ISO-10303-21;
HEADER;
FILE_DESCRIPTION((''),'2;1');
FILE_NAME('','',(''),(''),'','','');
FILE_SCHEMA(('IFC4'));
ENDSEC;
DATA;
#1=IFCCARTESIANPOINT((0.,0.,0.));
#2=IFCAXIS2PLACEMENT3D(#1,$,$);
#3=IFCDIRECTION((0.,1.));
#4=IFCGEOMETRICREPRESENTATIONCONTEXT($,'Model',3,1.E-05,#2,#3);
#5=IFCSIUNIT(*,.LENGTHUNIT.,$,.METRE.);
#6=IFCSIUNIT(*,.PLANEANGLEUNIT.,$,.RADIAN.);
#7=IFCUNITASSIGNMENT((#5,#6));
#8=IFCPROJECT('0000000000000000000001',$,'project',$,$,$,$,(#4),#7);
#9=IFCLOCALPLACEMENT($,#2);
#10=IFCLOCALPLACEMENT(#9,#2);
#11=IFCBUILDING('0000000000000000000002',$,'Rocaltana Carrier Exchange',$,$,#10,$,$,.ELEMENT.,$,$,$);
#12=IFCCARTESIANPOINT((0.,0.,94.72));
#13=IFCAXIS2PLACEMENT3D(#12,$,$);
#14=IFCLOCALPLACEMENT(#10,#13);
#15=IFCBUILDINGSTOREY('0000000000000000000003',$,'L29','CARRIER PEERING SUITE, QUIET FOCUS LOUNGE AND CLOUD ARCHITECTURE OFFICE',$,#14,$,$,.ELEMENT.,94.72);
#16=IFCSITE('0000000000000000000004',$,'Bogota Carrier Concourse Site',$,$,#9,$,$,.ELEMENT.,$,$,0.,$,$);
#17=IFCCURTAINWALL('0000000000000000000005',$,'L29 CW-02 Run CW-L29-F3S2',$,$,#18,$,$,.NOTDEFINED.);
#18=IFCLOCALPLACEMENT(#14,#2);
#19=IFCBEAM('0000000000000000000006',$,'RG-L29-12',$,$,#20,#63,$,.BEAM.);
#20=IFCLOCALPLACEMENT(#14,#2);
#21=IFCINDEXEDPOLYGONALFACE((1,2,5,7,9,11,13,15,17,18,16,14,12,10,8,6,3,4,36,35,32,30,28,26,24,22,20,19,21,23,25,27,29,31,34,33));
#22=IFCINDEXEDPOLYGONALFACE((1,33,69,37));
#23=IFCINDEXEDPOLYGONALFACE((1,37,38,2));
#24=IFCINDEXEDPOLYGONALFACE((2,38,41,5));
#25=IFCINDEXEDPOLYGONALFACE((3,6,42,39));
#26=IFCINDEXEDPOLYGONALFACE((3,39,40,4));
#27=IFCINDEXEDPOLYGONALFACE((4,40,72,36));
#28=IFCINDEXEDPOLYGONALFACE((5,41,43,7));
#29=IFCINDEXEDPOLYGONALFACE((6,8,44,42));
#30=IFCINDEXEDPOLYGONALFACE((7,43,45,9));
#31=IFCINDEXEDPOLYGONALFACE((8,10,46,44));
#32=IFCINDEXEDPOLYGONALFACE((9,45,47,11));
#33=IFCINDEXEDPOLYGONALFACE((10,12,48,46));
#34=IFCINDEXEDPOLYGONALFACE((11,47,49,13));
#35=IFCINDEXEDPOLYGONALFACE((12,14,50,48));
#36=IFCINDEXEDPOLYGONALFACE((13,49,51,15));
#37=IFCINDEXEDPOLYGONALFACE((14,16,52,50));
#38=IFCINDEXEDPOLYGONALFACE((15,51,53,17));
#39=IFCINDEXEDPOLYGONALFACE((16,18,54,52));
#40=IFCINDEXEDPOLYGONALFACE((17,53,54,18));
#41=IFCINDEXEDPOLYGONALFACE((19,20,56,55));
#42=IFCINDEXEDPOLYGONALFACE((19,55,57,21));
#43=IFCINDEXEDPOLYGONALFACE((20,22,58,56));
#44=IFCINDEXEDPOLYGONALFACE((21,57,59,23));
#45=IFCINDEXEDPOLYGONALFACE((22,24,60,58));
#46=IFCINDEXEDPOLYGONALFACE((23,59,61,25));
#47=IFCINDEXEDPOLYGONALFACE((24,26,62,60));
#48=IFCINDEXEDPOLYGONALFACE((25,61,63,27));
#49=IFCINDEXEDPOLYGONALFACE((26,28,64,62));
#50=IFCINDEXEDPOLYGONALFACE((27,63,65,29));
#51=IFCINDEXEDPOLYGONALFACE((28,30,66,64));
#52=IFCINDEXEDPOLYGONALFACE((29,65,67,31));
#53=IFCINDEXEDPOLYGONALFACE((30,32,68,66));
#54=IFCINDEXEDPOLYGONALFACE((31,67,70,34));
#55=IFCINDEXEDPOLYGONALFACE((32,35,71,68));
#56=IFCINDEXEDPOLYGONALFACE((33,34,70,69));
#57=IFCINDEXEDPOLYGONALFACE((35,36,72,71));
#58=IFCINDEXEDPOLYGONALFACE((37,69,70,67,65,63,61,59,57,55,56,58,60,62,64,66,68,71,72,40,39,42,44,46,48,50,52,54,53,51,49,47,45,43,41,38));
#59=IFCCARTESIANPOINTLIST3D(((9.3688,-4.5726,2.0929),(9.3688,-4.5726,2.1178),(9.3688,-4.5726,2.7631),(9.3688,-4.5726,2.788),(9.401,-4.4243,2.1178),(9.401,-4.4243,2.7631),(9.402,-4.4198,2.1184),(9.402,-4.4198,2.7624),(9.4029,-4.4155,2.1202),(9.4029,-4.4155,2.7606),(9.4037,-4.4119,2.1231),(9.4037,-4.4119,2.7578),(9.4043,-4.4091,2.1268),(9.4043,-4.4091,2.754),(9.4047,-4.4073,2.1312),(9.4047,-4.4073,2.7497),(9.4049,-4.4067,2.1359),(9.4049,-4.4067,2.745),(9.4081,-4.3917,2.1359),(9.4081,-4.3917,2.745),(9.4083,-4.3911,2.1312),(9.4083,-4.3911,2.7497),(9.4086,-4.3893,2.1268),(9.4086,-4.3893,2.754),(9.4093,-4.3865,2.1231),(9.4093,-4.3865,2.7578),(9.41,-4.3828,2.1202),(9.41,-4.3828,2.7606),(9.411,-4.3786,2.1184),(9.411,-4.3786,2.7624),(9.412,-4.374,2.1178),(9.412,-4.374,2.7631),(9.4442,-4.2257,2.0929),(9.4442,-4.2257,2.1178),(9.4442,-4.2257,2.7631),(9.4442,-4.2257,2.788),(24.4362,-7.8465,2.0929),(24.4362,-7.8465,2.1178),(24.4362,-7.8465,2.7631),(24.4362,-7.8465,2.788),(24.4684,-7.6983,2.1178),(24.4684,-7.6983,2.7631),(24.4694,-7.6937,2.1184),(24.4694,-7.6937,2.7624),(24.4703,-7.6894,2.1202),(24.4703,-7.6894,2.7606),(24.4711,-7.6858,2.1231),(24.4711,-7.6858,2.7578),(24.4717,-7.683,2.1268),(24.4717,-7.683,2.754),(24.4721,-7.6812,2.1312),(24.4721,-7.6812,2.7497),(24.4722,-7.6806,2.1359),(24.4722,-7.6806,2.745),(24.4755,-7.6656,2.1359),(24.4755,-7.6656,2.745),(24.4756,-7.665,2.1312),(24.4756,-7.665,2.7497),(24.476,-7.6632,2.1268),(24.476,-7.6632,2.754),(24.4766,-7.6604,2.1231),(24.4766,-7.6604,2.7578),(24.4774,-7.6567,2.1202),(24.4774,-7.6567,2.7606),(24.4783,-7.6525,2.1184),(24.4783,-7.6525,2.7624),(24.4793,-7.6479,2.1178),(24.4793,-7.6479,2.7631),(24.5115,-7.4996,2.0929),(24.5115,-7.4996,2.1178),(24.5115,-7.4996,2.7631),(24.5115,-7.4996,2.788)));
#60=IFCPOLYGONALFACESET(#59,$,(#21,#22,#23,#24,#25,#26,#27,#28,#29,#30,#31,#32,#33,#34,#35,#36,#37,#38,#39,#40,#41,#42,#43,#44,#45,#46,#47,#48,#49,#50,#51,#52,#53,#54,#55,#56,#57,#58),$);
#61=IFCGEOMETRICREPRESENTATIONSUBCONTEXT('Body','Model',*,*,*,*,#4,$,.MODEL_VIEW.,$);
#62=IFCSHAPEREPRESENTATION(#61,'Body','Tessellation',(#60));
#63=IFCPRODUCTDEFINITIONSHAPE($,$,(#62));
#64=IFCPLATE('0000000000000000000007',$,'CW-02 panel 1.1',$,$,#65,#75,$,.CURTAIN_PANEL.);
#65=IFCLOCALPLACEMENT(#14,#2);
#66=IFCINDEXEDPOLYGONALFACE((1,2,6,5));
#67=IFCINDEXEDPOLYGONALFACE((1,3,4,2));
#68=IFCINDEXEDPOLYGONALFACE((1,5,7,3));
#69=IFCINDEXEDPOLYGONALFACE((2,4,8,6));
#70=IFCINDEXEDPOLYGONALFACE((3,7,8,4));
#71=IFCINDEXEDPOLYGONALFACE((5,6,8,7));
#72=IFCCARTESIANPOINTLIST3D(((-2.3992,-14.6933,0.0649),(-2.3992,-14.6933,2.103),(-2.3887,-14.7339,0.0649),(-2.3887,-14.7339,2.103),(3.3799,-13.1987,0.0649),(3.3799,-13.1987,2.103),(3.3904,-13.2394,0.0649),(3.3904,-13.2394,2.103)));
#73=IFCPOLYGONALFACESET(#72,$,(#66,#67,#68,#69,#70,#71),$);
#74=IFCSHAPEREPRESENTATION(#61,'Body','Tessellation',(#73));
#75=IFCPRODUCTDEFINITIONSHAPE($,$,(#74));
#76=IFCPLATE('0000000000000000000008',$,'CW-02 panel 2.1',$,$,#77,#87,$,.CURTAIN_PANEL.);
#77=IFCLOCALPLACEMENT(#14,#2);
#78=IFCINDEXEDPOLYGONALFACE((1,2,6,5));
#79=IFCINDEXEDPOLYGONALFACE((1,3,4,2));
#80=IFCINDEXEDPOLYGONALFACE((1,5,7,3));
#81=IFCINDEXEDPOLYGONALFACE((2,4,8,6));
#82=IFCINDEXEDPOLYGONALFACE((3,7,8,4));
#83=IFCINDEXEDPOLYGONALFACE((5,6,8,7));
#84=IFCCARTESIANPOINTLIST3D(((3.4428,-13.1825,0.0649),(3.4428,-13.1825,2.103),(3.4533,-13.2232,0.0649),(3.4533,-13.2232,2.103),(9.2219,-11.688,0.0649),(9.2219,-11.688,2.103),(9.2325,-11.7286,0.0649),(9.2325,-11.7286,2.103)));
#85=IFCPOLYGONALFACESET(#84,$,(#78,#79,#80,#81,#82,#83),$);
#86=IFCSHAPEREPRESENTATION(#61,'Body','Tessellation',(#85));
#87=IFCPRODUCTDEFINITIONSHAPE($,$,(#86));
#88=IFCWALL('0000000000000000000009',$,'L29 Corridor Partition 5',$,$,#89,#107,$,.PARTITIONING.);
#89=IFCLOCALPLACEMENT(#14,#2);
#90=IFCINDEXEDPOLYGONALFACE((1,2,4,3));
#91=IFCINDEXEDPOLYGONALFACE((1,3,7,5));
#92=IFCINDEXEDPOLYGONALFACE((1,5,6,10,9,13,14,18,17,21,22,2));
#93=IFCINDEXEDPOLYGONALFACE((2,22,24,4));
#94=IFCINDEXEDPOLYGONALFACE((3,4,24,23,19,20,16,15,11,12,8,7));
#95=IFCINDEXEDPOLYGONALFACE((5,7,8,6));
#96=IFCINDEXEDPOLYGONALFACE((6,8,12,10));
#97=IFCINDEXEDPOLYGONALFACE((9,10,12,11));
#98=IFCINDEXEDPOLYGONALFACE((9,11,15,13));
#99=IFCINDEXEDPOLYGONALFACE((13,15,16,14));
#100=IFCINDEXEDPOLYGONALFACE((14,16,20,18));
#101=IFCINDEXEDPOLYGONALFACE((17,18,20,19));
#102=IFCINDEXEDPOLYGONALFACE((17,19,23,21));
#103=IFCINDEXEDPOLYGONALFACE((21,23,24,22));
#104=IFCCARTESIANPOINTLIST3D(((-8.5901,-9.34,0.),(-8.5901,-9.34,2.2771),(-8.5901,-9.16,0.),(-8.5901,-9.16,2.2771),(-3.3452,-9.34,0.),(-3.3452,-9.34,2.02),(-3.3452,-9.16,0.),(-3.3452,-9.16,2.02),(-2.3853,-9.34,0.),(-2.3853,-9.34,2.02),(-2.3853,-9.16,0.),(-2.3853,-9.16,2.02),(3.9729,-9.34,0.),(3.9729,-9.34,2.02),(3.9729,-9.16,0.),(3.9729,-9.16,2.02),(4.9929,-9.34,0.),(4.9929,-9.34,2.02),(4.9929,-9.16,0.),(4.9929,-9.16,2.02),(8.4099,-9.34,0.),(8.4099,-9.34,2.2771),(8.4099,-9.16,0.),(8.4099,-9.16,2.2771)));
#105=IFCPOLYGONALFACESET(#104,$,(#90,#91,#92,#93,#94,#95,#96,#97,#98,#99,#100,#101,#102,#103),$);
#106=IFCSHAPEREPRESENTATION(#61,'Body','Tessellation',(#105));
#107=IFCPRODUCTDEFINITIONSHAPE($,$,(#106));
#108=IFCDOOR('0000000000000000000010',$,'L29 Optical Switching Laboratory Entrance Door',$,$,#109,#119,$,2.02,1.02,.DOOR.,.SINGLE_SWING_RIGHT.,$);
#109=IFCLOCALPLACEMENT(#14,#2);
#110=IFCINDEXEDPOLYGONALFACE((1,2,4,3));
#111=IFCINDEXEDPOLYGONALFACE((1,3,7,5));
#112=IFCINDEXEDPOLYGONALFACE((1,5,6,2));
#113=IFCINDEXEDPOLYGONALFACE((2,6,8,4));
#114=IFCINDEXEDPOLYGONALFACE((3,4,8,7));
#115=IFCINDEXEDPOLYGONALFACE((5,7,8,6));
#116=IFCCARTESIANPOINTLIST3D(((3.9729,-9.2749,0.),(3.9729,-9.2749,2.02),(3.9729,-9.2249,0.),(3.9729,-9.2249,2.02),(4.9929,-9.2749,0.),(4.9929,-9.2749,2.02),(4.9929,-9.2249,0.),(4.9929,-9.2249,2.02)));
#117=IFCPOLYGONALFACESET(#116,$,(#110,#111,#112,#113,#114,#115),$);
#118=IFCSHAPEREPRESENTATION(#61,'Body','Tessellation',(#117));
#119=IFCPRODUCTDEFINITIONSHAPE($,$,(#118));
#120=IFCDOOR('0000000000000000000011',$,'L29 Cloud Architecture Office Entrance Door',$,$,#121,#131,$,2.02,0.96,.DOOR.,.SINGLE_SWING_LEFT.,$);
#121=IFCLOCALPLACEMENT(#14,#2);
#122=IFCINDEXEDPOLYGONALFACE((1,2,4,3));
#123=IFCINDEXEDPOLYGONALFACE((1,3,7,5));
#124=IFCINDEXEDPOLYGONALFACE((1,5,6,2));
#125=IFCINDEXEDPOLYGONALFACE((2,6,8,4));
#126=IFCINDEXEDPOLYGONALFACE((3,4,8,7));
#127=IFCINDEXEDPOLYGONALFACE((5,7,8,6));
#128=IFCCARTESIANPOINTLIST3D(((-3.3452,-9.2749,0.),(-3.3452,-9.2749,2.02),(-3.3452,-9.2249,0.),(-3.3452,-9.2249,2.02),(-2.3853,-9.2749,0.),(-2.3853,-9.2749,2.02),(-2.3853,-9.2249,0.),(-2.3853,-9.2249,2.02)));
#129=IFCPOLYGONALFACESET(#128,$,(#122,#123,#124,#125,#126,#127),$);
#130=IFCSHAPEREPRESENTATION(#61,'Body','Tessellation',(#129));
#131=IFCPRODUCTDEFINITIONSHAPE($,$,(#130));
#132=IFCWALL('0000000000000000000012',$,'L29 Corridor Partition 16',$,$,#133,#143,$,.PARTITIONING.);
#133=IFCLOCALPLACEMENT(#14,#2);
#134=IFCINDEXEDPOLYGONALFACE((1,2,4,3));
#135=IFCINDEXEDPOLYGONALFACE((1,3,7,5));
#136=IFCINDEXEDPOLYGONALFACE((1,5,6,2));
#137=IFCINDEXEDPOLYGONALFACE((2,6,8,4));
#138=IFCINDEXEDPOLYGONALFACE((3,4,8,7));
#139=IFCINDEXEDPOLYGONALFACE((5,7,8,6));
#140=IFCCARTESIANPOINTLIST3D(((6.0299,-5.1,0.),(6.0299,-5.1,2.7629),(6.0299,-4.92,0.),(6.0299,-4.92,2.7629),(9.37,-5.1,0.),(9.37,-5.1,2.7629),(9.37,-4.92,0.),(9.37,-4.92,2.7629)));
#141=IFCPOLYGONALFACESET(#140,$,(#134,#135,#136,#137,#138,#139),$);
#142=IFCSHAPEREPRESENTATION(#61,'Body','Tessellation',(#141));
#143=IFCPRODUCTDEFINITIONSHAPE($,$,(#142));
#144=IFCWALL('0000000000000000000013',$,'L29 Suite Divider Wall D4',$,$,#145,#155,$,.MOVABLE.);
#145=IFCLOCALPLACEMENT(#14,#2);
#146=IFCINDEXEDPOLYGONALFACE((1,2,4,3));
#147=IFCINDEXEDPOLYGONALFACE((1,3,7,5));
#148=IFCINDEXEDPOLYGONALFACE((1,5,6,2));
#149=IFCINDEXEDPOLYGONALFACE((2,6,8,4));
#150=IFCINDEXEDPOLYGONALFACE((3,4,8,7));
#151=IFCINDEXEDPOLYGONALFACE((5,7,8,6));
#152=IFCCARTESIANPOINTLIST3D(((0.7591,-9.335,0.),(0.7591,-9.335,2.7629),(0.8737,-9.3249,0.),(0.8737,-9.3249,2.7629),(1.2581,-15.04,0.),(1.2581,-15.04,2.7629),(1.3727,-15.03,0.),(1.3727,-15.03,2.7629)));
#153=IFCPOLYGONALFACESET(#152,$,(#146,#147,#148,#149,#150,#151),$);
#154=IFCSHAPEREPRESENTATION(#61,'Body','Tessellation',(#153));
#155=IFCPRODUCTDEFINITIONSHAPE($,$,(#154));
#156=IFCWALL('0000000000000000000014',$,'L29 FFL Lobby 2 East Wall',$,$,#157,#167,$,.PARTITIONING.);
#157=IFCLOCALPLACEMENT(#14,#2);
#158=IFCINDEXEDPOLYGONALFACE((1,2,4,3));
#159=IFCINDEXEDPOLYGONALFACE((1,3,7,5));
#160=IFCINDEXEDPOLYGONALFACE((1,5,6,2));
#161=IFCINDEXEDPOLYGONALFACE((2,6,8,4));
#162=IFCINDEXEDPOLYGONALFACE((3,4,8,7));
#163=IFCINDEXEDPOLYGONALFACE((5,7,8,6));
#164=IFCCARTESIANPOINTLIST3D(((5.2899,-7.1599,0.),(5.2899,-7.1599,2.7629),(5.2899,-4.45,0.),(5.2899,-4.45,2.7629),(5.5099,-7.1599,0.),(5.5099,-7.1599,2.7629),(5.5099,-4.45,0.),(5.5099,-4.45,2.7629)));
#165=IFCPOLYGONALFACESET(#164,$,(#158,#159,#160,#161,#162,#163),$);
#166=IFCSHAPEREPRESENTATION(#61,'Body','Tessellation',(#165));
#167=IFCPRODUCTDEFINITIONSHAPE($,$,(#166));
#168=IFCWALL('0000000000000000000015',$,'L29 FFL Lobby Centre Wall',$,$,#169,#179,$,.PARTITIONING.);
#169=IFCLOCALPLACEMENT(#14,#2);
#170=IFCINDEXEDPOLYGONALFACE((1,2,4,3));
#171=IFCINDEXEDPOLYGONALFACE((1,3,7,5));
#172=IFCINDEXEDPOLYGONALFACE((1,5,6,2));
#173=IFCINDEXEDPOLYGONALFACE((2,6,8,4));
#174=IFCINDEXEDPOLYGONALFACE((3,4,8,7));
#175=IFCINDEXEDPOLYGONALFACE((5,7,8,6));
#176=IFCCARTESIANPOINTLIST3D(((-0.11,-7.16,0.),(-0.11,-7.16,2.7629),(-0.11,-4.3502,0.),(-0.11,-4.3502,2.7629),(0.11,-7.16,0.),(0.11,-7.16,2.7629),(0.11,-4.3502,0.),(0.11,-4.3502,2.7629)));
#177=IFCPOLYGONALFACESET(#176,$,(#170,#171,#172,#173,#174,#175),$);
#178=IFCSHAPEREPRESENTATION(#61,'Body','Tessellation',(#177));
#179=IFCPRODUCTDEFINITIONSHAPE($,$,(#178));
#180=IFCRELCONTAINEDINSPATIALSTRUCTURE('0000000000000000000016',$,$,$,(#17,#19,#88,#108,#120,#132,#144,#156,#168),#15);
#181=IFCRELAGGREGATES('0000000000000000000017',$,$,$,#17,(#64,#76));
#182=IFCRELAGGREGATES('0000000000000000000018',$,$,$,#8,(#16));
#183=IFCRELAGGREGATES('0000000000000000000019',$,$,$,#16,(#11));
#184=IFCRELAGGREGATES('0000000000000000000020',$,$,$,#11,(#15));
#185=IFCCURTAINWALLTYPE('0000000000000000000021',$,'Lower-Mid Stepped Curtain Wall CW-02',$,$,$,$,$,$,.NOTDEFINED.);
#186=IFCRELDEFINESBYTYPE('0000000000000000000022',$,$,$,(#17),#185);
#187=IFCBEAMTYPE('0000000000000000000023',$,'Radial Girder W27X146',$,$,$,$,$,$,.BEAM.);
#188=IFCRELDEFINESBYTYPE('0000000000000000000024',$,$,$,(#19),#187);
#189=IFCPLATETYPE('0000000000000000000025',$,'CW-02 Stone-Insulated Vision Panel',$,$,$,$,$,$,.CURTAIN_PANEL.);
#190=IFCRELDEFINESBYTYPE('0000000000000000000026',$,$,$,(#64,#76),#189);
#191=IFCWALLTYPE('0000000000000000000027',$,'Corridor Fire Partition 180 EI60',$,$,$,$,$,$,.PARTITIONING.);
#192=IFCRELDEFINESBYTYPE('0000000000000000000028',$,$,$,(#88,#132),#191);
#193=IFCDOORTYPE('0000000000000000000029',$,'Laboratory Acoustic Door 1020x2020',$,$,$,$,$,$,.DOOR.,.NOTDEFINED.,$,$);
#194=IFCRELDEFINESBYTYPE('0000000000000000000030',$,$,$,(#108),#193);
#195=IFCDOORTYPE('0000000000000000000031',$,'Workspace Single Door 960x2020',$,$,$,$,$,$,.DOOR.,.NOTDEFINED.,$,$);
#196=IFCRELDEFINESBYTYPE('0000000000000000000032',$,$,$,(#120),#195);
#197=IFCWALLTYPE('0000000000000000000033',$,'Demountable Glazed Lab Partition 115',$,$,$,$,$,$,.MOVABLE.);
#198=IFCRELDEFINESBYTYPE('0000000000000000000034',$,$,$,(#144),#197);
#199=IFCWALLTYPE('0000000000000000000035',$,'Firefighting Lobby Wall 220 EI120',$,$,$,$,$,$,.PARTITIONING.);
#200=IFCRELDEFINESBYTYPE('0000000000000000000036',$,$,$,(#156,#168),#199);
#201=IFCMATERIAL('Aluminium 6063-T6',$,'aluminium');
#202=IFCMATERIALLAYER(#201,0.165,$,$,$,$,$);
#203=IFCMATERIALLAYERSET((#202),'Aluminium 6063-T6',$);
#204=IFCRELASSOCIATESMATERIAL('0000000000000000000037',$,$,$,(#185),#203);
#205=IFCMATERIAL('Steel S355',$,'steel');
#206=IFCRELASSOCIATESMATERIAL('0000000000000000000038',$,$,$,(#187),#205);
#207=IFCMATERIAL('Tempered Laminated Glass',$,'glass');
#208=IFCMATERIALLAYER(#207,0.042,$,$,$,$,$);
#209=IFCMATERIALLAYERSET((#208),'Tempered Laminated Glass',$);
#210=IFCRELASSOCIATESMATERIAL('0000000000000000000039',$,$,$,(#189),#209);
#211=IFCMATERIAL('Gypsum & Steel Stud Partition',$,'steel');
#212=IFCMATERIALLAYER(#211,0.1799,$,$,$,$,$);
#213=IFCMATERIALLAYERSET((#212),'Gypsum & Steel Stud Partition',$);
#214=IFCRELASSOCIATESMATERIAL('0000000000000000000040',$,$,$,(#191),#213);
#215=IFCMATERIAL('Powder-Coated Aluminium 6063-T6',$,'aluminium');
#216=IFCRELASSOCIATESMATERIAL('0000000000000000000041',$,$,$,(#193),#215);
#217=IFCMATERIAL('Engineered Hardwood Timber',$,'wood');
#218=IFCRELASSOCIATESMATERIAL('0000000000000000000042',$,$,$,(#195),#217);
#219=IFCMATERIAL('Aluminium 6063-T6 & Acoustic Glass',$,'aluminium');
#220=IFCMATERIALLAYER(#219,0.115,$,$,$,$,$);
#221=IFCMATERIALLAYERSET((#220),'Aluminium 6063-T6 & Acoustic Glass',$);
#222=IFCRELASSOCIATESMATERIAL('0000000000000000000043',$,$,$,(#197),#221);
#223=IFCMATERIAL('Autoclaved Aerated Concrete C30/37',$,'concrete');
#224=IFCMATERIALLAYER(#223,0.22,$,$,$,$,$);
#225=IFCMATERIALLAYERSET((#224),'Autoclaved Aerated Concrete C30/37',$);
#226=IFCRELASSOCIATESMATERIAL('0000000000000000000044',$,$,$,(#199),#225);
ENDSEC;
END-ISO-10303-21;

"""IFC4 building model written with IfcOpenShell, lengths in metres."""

from ifc_helpers import new_model, si_unit, direction, frame, frame_2d, origin, origin_2d, place, context, subcontext, project, spatial, rectangle, i_section, extrude, material, layer, layer_set, material_profile, profile_set, type_object, element, fill, aggregate, save


model = new_model("IFC4")

# Units and contexts
model_context = context("Model", 3, precision=1e-05, world=origin(), true_north=direction((0.0, 1.0)))
body_context = subcontext(model_context, "Body", "Model", "MODEL_VIEW")
ifc_project = project(units=[si_unit("LENGTHUNIT", "METRE"), si_unit("PLANEANGLEUNIT", "RADIAN")], contexts=[model_context])

# Site, building, storey
site_placement = place(None, origin())
site = spatial("IfcSite", under=ifc_project, at=site_placement, Name="Bogota Carrier Concourse Site", CompositionType="ELEMENT", RefElevation=0.0)
building_placement = place(site_placement, origin())
building = spatial("IfcBuilding", under=site, at=building_placement, Name="Rocaltana Carrier Exchange", CompositionType="ELEMENT")
storey_placement = place(building_placement, frame((0.0, 0.0, 94.72)))
storey = spatial("IfcBuildingStorey", under=building, at=storey_placement, Name="L29", Description="CARRIER PEERING SUITE, QUIET FOCUS LOUNGE AND CLOUD ARCHITECTURE OFFICE", CompositionType="ELEMENT", Elevation=94.72)

# Curtain wall
ifc_material_1 = material(Name="Aluminium 6063-T6", Category="aluminium")
ifc_layer_1 = layer(ifc_material_1, 0.165)
ifc_layer_set_1 = layer_set([ifc_layer_1], Name="Aluminium 6063-T6")
curtain_wall_type = type_object("IfcCurtainWallType", Name="Lower-Mid Stepped Curtain Wall CW-02", PredefinedType="NOTDEFINED", material=ifc_layer_set_1)
curtain_wall_placement = place(storey_placement, origin())
curtain_wall = element("IfcCurtainWall", 1, at=curtain_wall_placement, inside=storey, type_object=curtain_wall_type, Name="L29 CW-02 Run CW-L29-F3S2", PredefinedType="NOTDEFINED")

# Beam
ifc_material_2 = material(Name="Steel S355", Category="steel")
ifc_material_profile_1 = material_profile(ifc_material_2, i_section(OverallWidth=0.355, OverallDepth=0.6951, WebThickness=0.0154, FlangeThickness=0.0249, FilletRadius=0.0181, at=origin_2d()), Name="W27X146")
ifc_profile_set_1 = profile_set([ifc_material_profile_1], Name="Steel S355")
beam_type = type_object("IfcBeamType", Name="Radial Girder W27X146", PredefinedType="BEAM", material=ifc_profile_set_1)
beam_1_placement = place(storey_placement, frame((9.4065, -4.3992, 2.4404), z_axis=(0.977198, -0.212331, 0.0), x_axis=(0.212331, 0.977198, 0.0)))
element("IfcBeam", 2, at=beam_1_placement, inside=storey, type_object=beam_type, Name="RG-L29-12", PredefinedType="BEAM", context=body_context, shape_type="SweptSolid", body=[
    extrude(i_section(OverallWidth=0.355, OverallDepth=0.6951, WebThickness=0.0154, FlangeThickness=0.0249, FilletRadius=0.0181, at=origin_2d()), origin(), (0.0, 0.0, 1.0), 15.4189),
])

# Plates
ifc_material_3 = material(Name="Tempered Laminated Glass", Category="glass")
ifc_layer_2 = layer(ifc_material_3, 0.042)
ifc_layer_set_2 = layer_set([ifc_layer_2], Name="Tempered Laminated Glass")
plate_type = type_object("IfcPlateType", Name="CW-02 Stone-Insulated Vision Panel", PredefinedType="CURTAIN_PANEL", material=ifc_layer_set_2)
plate_1_placement = place(storey_placement, frame((0.4956, -13.9663, 0.0649), z_axis=(0.0, 0.0, 1.0), x_axis=(0.968148, 0.250378, 0.0)))
plate_1 = element("IfcPlate", 3, at=plate_1_placement, type_object=plate_type, Name="CW-02 panel 1.1", PredefinedType="CURTAIN_PANEL", context=body_context, shape_type="SweptSolid", body=[
    extrude(rectangle(XDim=5.9692, YDim=0.042, at=origin_2d()), origin(), (0.0, 0.0, 1.0), 2.0381),
])
plate_2_placement = place(storey_placement, frame((6.3376, -12.4556, 0.0649), z_axis=(0.0, 0.0, 1.0), x_axis=(0.968148, 0.250378, 0.0)))
plate_2 = element("IfcPlate", 4, at=plate_2_placement, type_object=plate_type, Name="CW-02 panel 2.1", PredefinedType="CURTAIN_PANEL", context=body_context, shape_type="SweptSolid", body=[
    extrude(rectangle(XDim=5.9692, YDim=0.042, at=origin_2d()), origin(), (0.0, 0.0, 1.0), 2.0381),
])
aggregate(curtain_wall, [plate_1, plate_2])

# Wall, openings, doors
ifc_material_4 = material(Name="Gypsum & Steel Stud Partition", Category="steel")
ifc_layer_3 = layer(ifc_material_4, 0.1799)
ifc_layer_set_3 = layer_set([ifc_layer_3], Name="Gypsum & Steel Stud Partition")
wall_type_1 = type_object("IfcWallType", Name="Corridor Fire Partition 180 EI60", PredefinedType="PARTITIONING", material=ifc_layer_set_3)
wall_1_placement = place(storey_placement, frame((8.4099, -9.25, 0.0), z_axis=(0.0, 0.0, 1.0), x_axis=(-1.0, 0.0, 0.0)))
wall_1 = element("IfcWall", 5, at=wall_1_placement, inside=storey, type_object=wall_type_1, Name="L29 Corridor Partition 5", PredefinedType="PARTITIONING", context=body_context, shape_type="SweptSolid", body=[
    extrude(rectangle(XDim=17.0, YDim=0.1799, at=frame_2d((8.5, 0.0))), origin(), (0.0, 0.0, 1.0), 2.2771),
])
opening_1_placement = place(wall_1_placement, frame((10.7952, 0.0, 0.0)))
opening_1 = element("IfcOpeningElement", 6, at=opening_1_placement, cuts=wall_1, PredefinedType="OPENING", context=body_context, shape_type="SweptSolid", body=[
    extrude(rectangle(XDim=0.96, YDim=2.02, at=frame_2d((0.48, 1.01))), frame((0.0, 0.0999, 0.0), z_axis=(0.0, -1.0, 0.0), x_axis=(1.0, 0.0, 0.0)), (0.0, 0.0, 1.0), 0.2),
])
opening_2_placement = place(wall_1_placement, frame((3.417, 0.0, 0.0)))
opening_2 = element("IfcOpeningElement", 7, at=opening_2_placement, cuts=wall_1, PredefinedType="OPENING", context=body_context, shape_type="SweptSolid", body=[
    extrude(rectangle(XDim=1.02, YDim=2.02, at=frame_2d((0.51, 1.01))), frame((0.0, 0.0999, 0.0), z_axis=(0.0, -1.0, 0.0), x_axis=(1.0, 0.0, 0.0)), (0.0, 0.0, 1.0), 0.2),
])
ifc_material_5 = material(Name="Powder-Coated Aluminium 6063-T6", Category="aluminium")
door_type_1 = type_object("IfcDoorType", Name="Laboratory Acoustic Door 1020x2020", OperationType="NOTDEFINED", PredefinedType="DOOR", material=ifc_material_5)
door_1_placement = place(opening_2_placement, origin())
door_1 = element("IfcDoor", 8, at=door_1_placement, inside=storey, type_object=door_type_1, Name="L29 Optical Switching Laboratory Entrance Door", OperationType="SINGLE_SWING_RIGHT", OverallHeight=2.02, OverallWidth=1.02, PredefinedType="DOOR", context=body_context, shape_type="SweptSolid", body=[
    extrude(rectangle(XDim=1.02, YDim=2.02, at=frame_2d((0.51, 1.01))), frame((0.0, 0.0249, 0.0), z_axis=(0.0, -1.0, 0.0), x_axis=(1.0, 0.0, 0.0)), (0.0, 0.0, 1.0), 0.05),
])
fill(opening_2, door_1)
ifc_material_6 = material(Name="Engineered Hardwood Timber", Category="wood")
door_type_2 = type_object("IfcDoorType", Name="Workspace Single Door 960x2020", OperationType="NOTDEFINED", PredefinedType="DOOR", material=ifc_material_6)
door_2_placement = place(opening_1_placement, origin())
door_2 = element("IfcDoor", 9, at=door_2_placement, inside=storey, type_object=door_type_2, Name="L29 Cloud Architecture Office Entrance Door", OperationType="SINGLE_SWING_LEFT", OverallHeight=2.02, OverallWidth=0.96, PredefinedType="DOOR", context=body_context, shape_type="SweptSolid", body=[
    extrude(rectangle(XDim=0.96, YDim=2.02, at=frame_2d((0.48, 1.01))), frame((0.0, 0.0249, 0.0), z_axis=(0.0, -1.0, 0.0), x_axis=(1.0, 0.0, 0.0)), (0.0, 0.0, 1.0), 0.05),
])
fill(opening_1, door_2)

# Walls
wall_2_placement = place(storey_placement, frame((6.03, -5.01, 0.0), z_axis=(0.0, 0.0, 1.0), x_axis=(1.0, 0.0, 0.0)))
element("IfcWall", 10, at=wall_2_placement, inside=storey, type_object=wall_type_1, Name="L29 Corridor Partition 16", PredefinedType="PARTITIONING", context=body_context, shape_type="SweptSolid", body=[
    extrude(rectangle(XDim=3.3401, YDim=0.1799, at=frame_2d((1.6699, 0.0))), origin(), (0.0, 0.0, 1.0), 2.7629),
])
ifc_material_7 = material(Name="Aluminium 6063-T6 & Acoustic Glass", Category="aluminium")
ifc_layer_4 = layer(ifc_material_7, 0.115)
ifc_layer_set_4 = layer_set([ifc_layer_4], Name="Aluminium 6063-T6 & Acoustic Glass")
wall_type_2 = type_object("IfcWallType", Name="Demountable Glazed Lab Partition 115", PredefinedType="MOVABLE", material=ifc_layer_set_4)
wall_3_placement = place(storey_placement, frame((0.8164, -9.3301, 0.0), z_axis=(0.0, 0.0, 1.0), x_axis=(0.087137, -0.996196, 0.0)))
element("IfcWall", 11, at=wall_3_placement, inside=storey, type_object=wall_type_2, Name="L29 Suite Divider Wall D4", PredefinedType="MOVABLE", context=body_context, shape_type="SweptSolid", body=[
    extrude(rectangle(XDim=5.7268, YDim=0.115, at=frame_2d((2.8633, 0.0))), origin(), (0.0, 0.0, 1.0), 2.7629),
])
ifc_material_8 = material(Name="Autoclaved Aerated Concrete C30/37", Category="concrete")
ifc_layer_5 = layer(ifc_material_8, 0.22)
ifc_layer_set_5 = layer_set([ifc_layer_5], Name="Autoclaved Aerated Concrete C30/37")
wall_type_3 = type_object("IfcWallType", Name="Firefighting Lobby Wall 220 EI120", PredefinedType="PARTITIONING", material=ifc_layer_set_5)
wall_4_placement = place(storey_placement, frame((5.3999, -7.1599, 0.0), z_axis=(0.0, 0.0, 1.0), x_axis=(0.0, 1.0, 0.0)))
element("IfcWall", 12, at=wall_4_placement, inside=storey, type_object=wall_type_3, Name="L29 FFL Lobby 2 East Wall", PredefinedType="PARTITIONING", context=body_context, shape_type="SweptSolid", body=[
    extrude(rectangle(XDim=2.71, YDim=0.22, at=frame_2d((1.355, 0.0))), origin(), (0.0, 0.0, 1.0), 2.7629),
])
wall_5_placement = place(storey_placement, frame((0.0, -7.1599, 0.0), z_axis=(0.0, 0.0, 1.0), x_axis=(0.0, 1.0, 0.0)))
element("IfcWall", 13, at=wall_5_placement, inside=storey, type_object=wall_type_3, Name="L29 FFL Lobby Centre Wall", PredefinedType="PARTITIONING", context=body_context, shape_type="SweptSolid", body=[
    extrude(rectangle(XDim=2.8098, YDim=0.22, at=frame_2d((1.4048, 0.0))), origin(), (0.0, 0.0, 1.0), 2.7629),
])

save(model, "model.ifc")
